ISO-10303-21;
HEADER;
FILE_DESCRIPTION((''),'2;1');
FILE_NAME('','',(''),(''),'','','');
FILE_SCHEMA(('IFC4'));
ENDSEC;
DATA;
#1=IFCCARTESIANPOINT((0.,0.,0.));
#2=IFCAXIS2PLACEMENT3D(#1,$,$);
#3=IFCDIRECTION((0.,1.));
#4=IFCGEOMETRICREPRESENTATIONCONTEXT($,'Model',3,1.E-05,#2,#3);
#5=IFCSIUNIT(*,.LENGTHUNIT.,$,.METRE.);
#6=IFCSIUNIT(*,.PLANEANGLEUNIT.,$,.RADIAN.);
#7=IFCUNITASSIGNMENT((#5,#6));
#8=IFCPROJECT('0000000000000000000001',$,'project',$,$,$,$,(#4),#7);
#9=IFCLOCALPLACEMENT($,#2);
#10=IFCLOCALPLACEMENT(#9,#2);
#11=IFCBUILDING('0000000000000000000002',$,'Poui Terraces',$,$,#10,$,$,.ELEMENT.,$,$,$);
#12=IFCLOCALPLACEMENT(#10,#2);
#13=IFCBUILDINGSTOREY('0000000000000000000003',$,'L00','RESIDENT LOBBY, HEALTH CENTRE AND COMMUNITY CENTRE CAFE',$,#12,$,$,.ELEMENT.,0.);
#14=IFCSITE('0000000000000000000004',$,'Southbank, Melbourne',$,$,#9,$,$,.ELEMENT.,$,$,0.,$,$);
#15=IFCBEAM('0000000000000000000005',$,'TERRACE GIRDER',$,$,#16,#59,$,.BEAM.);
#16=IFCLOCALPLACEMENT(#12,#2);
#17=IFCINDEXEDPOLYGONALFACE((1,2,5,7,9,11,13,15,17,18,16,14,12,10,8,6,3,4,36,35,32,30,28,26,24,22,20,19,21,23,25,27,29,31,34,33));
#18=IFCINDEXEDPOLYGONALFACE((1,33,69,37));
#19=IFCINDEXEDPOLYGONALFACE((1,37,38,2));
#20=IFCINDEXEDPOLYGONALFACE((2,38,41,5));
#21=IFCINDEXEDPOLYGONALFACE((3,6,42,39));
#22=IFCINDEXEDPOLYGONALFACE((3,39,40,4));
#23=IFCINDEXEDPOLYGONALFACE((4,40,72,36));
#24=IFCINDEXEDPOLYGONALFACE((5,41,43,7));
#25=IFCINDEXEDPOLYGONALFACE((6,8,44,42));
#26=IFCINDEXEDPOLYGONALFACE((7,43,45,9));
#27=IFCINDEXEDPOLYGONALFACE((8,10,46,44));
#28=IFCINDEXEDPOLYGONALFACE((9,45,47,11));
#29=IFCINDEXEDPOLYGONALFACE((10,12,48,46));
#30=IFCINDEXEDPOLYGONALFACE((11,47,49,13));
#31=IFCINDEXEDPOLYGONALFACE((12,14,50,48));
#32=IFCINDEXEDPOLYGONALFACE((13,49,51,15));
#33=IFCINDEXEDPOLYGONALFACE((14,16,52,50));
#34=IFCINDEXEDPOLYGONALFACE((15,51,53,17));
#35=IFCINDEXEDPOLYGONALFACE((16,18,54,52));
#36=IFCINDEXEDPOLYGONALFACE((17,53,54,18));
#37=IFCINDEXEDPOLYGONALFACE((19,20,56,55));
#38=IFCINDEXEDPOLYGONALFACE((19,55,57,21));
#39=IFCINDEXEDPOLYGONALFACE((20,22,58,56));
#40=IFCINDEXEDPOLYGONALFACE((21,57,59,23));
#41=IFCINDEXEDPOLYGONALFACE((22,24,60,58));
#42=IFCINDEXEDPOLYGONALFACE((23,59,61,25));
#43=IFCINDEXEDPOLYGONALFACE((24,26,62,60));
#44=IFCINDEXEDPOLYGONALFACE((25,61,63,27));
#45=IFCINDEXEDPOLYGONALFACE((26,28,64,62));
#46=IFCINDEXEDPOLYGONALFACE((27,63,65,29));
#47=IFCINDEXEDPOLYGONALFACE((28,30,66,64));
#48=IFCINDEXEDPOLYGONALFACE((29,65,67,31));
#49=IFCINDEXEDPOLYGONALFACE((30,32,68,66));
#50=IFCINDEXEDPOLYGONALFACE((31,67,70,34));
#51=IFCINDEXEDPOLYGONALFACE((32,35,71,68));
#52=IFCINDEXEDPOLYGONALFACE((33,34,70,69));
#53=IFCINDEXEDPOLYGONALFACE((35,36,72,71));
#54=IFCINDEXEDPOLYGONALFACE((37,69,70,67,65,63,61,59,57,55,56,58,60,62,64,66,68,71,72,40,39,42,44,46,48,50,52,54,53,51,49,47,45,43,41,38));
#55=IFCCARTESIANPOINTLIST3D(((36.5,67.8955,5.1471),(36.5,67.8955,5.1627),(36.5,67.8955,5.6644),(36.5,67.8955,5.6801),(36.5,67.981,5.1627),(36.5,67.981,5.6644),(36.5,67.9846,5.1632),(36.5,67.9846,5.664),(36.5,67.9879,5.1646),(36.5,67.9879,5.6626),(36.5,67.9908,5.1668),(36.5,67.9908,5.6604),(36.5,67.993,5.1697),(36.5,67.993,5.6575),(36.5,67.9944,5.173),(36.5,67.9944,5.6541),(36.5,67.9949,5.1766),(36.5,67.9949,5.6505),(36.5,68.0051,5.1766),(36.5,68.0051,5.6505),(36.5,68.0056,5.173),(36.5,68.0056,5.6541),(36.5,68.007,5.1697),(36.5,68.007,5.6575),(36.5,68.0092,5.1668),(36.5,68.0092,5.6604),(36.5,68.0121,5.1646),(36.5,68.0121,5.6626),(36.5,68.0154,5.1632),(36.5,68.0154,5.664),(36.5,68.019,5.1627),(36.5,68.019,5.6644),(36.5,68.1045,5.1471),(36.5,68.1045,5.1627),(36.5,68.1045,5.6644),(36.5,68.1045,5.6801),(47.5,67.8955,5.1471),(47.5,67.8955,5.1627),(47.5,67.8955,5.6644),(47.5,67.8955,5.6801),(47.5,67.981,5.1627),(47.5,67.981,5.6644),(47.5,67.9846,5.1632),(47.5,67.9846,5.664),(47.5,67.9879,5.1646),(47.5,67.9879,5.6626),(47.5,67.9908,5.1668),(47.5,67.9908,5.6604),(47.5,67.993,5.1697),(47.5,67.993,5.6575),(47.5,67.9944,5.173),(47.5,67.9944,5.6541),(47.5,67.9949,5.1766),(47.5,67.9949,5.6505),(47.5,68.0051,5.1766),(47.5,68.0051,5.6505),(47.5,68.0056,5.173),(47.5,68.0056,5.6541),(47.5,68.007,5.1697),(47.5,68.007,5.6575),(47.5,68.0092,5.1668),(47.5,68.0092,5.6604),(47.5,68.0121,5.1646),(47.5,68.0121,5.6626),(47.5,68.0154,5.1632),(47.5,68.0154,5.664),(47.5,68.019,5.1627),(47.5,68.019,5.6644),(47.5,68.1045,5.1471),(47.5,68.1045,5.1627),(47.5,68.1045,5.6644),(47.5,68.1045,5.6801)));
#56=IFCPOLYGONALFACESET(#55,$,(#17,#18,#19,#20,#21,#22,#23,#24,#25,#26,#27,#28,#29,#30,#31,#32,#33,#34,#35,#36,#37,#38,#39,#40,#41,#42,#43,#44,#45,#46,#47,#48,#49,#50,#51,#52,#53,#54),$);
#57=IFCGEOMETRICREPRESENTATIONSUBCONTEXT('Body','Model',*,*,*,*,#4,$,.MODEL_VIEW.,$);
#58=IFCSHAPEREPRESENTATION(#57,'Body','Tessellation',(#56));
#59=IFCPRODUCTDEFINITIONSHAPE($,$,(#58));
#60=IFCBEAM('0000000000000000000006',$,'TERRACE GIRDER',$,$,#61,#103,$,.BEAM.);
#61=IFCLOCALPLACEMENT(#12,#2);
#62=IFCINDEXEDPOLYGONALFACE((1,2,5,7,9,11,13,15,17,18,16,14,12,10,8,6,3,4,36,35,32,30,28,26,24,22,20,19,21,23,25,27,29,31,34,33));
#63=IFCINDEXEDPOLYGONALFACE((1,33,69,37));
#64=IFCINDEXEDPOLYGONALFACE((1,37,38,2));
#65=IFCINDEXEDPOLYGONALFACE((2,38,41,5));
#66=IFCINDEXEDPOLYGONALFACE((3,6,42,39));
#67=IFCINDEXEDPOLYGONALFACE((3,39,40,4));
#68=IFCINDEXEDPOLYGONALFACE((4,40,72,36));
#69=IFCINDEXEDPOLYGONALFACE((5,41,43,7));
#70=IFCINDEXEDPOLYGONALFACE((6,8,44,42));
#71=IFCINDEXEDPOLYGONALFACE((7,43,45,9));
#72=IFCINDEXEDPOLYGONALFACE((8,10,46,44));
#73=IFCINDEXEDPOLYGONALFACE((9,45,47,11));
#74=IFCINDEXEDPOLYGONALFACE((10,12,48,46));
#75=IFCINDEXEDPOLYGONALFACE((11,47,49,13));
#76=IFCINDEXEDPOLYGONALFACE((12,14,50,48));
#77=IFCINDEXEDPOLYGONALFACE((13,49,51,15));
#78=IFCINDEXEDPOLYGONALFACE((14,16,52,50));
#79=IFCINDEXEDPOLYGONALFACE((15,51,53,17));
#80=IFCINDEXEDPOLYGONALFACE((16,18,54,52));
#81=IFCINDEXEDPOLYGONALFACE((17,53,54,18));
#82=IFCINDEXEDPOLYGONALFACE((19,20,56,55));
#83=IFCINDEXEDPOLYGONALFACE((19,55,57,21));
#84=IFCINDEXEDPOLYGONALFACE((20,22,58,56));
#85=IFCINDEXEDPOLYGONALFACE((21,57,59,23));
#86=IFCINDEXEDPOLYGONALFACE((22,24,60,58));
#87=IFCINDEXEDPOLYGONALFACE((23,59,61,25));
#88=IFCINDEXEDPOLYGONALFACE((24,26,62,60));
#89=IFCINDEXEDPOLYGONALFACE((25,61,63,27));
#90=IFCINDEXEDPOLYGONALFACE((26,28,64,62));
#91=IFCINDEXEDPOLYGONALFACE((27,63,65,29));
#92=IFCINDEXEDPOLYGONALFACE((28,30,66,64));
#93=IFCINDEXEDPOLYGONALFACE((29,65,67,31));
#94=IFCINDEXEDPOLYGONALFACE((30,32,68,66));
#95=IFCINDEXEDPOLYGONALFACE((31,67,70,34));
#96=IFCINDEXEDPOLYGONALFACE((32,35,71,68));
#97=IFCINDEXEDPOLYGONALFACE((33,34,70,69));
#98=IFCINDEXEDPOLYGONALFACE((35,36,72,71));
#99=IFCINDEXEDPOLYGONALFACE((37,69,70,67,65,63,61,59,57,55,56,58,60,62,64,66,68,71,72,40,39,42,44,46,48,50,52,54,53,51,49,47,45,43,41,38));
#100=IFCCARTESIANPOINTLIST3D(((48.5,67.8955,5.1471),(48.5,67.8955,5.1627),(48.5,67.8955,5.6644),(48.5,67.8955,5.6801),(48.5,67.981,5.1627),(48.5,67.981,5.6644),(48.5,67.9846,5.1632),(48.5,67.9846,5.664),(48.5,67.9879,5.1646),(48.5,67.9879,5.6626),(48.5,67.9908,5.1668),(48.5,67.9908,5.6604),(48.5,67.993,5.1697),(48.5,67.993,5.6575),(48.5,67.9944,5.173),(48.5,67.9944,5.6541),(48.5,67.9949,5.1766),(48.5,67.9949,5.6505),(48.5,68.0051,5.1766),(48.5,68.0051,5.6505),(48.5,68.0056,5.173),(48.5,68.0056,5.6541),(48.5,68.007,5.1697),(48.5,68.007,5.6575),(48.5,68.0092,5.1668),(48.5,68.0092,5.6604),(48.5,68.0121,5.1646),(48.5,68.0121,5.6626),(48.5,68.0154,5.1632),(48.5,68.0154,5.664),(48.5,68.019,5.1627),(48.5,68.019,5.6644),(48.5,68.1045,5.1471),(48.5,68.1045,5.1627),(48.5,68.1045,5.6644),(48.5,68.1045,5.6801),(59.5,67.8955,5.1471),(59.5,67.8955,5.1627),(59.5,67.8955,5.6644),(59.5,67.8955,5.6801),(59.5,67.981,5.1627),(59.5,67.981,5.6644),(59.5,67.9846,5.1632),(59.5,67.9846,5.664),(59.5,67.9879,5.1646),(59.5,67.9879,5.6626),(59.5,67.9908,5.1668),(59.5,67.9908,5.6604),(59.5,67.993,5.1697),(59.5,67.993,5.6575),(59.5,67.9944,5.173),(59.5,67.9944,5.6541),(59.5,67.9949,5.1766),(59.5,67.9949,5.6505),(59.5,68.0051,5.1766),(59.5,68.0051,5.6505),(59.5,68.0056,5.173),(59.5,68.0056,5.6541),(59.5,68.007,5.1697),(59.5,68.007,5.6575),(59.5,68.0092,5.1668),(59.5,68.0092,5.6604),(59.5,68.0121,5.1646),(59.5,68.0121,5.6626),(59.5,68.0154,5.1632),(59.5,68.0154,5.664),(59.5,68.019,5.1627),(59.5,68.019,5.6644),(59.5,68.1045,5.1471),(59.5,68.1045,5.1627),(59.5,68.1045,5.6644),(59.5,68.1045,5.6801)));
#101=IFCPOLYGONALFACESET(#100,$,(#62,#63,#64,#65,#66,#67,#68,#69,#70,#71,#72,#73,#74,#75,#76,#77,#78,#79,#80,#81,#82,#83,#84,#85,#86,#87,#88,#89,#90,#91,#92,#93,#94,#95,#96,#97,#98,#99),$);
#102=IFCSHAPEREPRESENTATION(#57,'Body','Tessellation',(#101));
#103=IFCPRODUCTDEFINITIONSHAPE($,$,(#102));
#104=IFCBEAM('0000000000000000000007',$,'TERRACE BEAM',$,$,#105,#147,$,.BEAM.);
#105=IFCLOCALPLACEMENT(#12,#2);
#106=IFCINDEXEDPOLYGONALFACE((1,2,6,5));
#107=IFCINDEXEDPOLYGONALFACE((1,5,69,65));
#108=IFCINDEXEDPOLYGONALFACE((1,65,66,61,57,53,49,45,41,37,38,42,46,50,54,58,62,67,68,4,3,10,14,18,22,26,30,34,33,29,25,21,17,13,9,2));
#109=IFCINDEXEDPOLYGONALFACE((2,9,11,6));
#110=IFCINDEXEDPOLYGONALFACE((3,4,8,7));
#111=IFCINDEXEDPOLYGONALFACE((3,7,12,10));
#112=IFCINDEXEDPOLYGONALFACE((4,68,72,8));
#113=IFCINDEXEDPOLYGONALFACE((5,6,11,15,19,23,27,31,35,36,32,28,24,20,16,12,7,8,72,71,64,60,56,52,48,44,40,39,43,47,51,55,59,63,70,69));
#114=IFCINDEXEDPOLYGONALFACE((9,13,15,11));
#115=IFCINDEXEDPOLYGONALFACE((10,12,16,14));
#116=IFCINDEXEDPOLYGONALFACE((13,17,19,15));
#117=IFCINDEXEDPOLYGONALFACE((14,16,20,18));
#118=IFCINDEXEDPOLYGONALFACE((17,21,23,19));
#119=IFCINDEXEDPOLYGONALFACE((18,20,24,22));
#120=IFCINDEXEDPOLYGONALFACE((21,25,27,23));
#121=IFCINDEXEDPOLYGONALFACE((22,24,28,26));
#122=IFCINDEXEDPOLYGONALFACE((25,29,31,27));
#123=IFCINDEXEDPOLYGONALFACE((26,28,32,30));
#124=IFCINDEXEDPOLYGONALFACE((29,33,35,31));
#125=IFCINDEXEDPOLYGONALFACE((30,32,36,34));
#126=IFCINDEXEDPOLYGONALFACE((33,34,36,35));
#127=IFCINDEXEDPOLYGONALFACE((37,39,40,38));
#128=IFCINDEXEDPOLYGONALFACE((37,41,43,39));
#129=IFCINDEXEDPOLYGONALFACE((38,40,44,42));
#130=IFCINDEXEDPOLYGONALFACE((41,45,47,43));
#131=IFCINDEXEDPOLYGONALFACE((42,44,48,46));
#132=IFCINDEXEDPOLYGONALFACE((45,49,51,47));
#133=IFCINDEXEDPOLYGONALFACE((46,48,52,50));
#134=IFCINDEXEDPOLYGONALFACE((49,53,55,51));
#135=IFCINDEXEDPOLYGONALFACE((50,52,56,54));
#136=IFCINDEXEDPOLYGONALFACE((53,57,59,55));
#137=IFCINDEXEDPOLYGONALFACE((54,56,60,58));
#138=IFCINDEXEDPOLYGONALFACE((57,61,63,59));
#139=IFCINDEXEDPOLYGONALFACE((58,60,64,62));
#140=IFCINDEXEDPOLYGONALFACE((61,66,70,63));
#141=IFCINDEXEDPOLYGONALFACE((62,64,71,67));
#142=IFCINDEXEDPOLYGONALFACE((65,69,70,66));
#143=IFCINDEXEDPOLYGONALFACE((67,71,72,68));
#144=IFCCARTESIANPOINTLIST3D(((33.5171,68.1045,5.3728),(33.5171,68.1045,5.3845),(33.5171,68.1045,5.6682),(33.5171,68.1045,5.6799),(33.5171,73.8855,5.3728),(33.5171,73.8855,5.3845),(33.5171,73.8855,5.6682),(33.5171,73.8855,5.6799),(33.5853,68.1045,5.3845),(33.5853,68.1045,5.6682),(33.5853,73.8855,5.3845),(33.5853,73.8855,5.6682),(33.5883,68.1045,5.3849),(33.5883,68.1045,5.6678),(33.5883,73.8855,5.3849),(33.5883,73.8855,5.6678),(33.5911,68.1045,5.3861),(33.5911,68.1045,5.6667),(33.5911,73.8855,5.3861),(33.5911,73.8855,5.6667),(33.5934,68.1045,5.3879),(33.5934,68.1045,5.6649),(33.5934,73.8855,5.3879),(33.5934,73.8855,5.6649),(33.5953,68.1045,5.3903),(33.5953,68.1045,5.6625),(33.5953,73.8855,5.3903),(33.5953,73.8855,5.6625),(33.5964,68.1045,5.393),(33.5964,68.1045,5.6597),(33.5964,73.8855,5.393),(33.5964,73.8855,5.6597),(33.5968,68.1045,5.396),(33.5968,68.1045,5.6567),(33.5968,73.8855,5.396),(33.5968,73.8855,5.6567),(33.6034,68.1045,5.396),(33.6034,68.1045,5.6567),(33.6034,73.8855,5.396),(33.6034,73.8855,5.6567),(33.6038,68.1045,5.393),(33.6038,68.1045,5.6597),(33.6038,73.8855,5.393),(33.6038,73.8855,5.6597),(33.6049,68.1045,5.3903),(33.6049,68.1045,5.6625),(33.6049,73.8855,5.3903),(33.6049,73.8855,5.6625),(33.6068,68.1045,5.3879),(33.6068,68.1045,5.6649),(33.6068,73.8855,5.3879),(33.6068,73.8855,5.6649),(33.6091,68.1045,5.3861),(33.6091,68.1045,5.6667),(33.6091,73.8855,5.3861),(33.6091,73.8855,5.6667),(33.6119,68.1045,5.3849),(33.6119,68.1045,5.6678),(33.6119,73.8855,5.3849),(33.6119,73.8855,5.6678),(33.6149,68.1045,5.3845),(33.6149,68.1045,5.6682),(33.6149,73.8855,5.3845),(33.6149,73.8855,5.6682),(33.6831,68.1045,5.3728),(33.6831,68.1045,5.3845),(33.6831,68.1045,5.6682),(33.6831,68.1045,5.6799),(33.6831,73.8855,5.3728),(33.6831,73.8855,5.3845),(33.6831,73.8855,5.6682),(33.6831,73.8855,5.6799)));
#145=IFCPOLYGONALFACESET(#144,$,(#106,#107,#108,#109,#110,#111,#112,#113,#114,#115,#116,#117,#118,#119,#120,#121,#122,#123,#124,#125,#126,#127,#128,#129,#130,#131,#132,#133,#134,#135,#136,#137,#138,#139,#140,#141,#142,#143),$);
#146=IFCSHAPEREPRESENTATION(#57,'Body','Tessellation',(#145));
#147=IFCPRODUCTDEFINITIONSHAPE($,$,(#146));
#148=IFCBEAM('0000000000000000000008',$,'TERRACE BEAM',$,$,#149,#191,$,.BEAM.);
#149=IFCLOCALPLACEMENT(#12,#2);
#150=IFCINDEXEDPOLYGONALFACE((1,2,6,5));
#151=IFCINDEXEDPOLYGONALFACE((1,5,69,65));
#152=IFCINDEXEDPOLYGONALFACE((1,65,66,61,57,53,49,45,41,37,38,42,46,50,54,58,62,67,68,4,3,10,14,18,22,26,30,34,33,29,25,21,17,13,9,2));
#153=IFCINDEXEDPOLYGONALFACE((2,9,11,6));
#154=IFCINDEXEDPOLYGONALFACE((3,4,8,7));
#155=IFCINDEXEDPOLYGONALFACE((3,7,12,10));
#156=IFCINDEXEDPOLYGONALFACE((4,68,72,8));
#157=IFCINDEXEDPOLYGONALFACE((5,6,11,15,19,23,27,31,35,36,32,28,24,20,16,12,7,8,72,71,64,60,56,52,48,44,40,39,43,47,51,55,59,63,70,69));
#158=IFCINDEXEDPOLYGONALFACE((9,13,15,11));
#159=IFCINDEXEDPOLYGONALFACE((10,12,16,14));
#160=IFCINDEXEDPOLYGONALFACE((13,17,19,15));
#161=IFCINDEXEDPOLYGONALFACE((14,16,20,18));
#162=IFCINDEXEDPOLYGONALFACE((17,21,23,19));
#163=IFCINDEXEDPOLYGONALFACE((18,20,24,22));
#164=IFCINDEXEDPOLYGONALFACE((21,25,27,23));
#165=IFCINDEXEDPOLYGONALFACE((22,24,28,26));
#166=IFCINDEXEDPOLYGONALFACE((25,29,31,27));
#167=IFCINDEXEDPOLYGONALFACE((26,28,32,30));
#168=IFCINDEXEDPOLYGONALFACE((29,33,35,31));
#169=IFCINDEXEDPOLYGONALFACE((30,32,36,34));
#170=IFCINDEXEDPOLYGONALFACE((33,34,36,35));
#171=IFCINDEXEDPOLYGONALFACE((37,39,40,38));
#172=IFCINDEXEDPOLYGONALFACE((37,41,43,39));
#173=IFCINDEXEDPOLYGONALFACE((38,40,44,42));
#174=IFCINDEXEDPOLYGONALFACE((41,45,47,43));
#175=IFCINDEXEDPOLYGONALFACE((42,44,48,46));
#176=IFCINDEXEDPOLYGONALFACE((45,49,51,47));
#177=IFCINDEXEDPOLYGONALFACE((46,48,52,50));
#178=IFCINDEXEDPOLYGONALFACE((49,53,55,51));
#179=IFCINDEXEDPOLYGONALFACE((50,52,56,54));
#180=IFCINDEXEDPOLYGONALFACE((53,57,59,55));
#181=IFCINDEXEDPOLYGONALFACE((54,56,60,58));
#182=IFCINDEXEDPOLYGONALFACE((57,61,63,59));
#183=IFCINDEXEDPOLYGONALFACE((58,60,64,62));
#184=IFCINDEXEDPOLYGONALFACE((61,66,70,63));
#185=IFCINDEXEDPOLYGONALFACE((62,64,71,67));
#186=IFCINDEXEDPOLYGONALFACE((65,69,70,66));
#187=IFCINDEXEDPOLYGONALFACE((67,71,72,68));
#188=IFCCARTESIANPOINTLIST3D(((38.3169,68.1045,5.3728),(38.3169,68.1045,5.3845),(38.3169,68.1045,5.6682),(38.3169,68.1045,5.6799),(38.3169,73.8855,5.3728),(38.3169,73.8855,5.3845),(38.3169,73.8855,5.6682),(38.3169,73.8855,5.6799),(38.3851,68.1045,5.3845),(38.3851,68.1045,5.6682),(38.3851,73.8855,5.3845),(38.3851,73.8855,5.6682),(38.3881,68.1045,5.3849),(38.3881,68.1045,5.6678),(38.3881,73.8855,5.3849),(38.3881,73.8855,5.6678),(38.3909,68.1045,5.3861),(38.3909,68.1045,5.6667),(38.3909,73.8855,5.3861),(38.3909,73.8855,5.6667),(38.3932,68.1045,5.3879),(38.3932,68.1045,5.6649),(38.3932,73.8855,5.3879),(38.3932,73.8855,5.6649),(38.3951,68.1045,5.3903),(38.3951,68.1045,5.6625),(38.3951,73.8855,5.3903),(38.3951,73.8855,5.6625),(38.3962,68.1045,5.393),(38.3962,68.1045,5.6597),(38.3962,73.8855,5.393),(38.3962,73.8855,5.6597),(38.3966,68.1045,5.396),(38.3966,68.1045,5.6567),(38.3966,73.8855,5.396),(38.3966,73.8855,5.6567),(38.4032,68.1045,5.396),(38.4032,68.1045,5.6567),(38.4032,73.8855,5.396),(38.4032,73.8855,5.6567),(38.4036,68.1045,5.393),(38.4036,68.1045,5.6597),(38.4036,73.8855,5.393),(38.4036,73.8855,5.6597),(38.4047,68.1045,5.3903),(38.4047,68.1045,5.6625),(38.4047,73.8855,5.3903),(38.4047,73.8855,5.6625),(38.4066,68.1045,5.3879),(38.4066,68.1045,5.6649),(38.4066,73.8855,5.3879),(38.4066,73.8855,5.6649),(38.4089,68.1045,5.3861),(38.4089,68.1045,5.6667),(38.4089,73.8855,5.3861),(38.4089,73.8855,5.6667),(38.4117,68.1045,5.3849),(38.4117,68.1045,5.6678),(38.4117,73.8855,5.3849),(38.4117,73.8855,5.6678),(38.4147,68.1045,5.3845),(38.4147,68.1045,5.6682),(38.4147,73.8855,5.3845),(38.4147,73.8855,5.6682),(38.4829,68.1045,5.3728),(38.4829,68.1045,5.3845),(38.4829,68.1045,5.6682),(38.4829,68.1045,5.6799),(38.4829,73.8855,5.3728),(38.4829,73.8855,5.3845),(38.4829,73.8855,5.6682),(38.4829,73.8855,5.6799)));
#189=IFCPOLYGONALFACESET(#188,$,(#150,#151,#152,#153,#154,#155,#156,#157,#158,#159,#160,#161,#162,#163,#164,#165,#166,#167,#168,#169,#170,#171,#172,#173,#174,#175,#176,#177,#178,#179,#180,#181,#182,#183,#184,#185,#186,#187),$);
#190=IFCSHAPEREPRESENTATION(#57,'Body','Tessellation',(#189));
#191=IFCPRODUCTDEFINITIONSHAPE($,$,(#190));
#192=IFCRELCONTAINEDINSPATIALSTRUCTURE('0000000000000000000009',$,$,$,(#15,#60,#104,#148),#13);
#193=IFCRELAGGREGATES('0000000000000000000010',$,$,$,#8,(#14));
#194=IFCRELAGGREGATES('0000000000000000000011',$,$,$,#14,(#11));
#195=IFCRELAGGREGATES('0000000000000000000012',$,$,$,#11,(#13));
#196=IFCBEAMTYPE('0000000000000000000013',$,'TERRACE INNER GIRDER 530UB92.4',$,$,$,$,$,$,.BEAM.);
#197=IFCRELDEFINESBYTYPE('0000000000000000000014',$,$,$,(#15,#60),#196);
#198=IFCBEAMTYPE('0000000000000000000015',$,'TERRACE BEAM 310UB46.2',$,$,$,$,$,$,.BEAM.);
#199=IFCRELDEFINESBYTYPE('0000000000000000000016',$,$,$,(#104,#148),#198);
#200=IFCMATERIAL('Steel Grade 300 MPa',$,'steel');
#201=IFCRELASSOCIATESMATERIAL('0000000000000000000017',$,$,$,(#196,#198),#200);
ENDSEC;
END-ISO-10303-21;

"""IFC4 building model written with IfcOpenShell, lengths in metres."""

from ifc_helpers import new_model, si_unit, direction, frame, origin, origin_2d, place, context, subcontext, project, spatial, i_section, extrude, source, transform, mapped, material, material_profile, profile_set, type_object, element, save


model = new_model("IFC4")

# Units and contexts
model_context = context("Model", 3, precision=1e-05, world=origin(), true_north=direction((0.0, 1.0)))
body_context = subcontext(model_context, "Body", "Model", "MODEL_VIEW")
ifc_project = project(units=[si_unit("LENGTHUNIT", "METRE"), si_unit("PLANEANGLEUNIT", "RADIAN")], contexts=[model_context])

# Site, building, storey
site_placement = place(None, origin())
site = spatial("IfcSite", under=ifc_project, at=site_placement, Name="Southbank, Melbourne", CompositionType="ELEMENT", RefElevation=0.0)
building_placement = place(site_placement, origin())
building = spatial("IfcBuilding", under=site, at=building_placement, Name="Poui Terraces", CompositionType="ELEMENT")
storey_placement = place(building_placement, origin())
storey = spatial("IfcBuildingStorey", under=building, at=storey_placement, Name="L00", Description="RESIDENT LOBBY, HEALTH CENTRE AND COMMUNITY CENTRE CAFE", CompositionType="ELEMENT", Elevation=0.0)

# Beams
ifc_material_1 = material(Name="Steel Grade 300 MPa", Category="steel")
ifc_material_profile_1 = material_profile(ifc_material_1, i_section(OverallWidth=0.209, OverallDepth=0.533, WebThickness=0.0103, FlangeThickness=0.0156, FilletRadius=0.0139, at=origin_2d()), Name="530UB92.4")
ifc_profile_set_1 = profile_set([ifc_material_profile_1], Name="Steel Grade 300 MPa")
beam_type_1 = type_object("IfcBeamType", Name="TERRACE INNER GIRDER 530UB92.4", PredefinedType="BEAM", material=ifc_profile_set_1)
shared_shape_1 = source(origin(), body_context, "Body", "SweptSolid", [
    extrude(i_section(OverallWidth=0.209, OverallDepth=0.533, WebThickness=0.0103, FlangeThickness=0.0156, FilletRadius=0.0139, at=origin_2d()), origin(), (0.0, 0.0, 1.0), 11.0),
])
for number, where, z_axis, x_axis, name in (
    (1, (36.5, 68.0, 5.4136), (1.0, 0.0, 0.0), (0.0, 1.0, 0.0), "TERRACE GIRDER"),
    (2, (48.5, 68.0, 5.4136), (1.0, 0.0, 0.0), (0.0, 1.0, 0.0), "TERRACE GIRDER"),
):
    element("IfcBeam", number, at=place(storey_placement, frame(where, z_axis=z_axis, x_axis=x_axis)), inside=storey, type_object=beam_type_1, Name=name, PredefinedType="BEAM", context=body_context, shape_type="MappedRepresentation", body=[
        mapped(shared_shape_1, transform((0.0, 0.0, 0.0))),
    ])
ifc_material_profile_2 = material_profile(ifc_material_1, i_section(OverallWidth=0.166, OverallDepth=0.3071, WebThickness=0.0066, FlangeThickness=0.0117, FilletRadius=0.0115, at=origin_2d()), Name="310UB46.2")
ifc_profile_set_2 = profile_set([ifc_material_profile_2], Name="Steel Grade 300 MPa")
beam_type_2 = type_object("IfcBeamType", Name="TERRACE BEAM 310UB46.2", PredefinedType="BEAM", material=ifc_profile_set_2)
shared_shape_2 = source(origin(), body_context, "Body", "SweptSolid", [
    extrude(i_section(OverallWidth=0.166, OverallDepth=0.3071, WebThickness=0.0066, FlangeThickness=0.0117, FilletRadius=0.0115, at=origin_2d()), origin(), (0.0, 0.0, 1.0), 5.781),
])
for number, where, z_axis, x_axis, name in (
    (3, (33.6001, 68.1045, 5.5264), (0.0, 1.0, 0.0), (-1.0, 0.0, 0.0), "TERRACE BEAM"),
    (4, (38.3999, 68.1045, 5.5264), (0.0, 1.0, 0.0), (-1.0, 0.0, 0.0), "TERRACE BEAM"),
):
    element("IfcBeam", number, at=place(storey_placement, frame(where, z_axis=z_axis, x_axis=x_axis)), inside=storey, type_object=beam_type_2, Name=name, PredefinedType="BEAM", context=body_context, shape_type="MappedRepresentation", body=[
        mapped(shared_shape_2, transform((0.0, 0.0, 0.0))),
    ])

save(model, "model.ifc")
